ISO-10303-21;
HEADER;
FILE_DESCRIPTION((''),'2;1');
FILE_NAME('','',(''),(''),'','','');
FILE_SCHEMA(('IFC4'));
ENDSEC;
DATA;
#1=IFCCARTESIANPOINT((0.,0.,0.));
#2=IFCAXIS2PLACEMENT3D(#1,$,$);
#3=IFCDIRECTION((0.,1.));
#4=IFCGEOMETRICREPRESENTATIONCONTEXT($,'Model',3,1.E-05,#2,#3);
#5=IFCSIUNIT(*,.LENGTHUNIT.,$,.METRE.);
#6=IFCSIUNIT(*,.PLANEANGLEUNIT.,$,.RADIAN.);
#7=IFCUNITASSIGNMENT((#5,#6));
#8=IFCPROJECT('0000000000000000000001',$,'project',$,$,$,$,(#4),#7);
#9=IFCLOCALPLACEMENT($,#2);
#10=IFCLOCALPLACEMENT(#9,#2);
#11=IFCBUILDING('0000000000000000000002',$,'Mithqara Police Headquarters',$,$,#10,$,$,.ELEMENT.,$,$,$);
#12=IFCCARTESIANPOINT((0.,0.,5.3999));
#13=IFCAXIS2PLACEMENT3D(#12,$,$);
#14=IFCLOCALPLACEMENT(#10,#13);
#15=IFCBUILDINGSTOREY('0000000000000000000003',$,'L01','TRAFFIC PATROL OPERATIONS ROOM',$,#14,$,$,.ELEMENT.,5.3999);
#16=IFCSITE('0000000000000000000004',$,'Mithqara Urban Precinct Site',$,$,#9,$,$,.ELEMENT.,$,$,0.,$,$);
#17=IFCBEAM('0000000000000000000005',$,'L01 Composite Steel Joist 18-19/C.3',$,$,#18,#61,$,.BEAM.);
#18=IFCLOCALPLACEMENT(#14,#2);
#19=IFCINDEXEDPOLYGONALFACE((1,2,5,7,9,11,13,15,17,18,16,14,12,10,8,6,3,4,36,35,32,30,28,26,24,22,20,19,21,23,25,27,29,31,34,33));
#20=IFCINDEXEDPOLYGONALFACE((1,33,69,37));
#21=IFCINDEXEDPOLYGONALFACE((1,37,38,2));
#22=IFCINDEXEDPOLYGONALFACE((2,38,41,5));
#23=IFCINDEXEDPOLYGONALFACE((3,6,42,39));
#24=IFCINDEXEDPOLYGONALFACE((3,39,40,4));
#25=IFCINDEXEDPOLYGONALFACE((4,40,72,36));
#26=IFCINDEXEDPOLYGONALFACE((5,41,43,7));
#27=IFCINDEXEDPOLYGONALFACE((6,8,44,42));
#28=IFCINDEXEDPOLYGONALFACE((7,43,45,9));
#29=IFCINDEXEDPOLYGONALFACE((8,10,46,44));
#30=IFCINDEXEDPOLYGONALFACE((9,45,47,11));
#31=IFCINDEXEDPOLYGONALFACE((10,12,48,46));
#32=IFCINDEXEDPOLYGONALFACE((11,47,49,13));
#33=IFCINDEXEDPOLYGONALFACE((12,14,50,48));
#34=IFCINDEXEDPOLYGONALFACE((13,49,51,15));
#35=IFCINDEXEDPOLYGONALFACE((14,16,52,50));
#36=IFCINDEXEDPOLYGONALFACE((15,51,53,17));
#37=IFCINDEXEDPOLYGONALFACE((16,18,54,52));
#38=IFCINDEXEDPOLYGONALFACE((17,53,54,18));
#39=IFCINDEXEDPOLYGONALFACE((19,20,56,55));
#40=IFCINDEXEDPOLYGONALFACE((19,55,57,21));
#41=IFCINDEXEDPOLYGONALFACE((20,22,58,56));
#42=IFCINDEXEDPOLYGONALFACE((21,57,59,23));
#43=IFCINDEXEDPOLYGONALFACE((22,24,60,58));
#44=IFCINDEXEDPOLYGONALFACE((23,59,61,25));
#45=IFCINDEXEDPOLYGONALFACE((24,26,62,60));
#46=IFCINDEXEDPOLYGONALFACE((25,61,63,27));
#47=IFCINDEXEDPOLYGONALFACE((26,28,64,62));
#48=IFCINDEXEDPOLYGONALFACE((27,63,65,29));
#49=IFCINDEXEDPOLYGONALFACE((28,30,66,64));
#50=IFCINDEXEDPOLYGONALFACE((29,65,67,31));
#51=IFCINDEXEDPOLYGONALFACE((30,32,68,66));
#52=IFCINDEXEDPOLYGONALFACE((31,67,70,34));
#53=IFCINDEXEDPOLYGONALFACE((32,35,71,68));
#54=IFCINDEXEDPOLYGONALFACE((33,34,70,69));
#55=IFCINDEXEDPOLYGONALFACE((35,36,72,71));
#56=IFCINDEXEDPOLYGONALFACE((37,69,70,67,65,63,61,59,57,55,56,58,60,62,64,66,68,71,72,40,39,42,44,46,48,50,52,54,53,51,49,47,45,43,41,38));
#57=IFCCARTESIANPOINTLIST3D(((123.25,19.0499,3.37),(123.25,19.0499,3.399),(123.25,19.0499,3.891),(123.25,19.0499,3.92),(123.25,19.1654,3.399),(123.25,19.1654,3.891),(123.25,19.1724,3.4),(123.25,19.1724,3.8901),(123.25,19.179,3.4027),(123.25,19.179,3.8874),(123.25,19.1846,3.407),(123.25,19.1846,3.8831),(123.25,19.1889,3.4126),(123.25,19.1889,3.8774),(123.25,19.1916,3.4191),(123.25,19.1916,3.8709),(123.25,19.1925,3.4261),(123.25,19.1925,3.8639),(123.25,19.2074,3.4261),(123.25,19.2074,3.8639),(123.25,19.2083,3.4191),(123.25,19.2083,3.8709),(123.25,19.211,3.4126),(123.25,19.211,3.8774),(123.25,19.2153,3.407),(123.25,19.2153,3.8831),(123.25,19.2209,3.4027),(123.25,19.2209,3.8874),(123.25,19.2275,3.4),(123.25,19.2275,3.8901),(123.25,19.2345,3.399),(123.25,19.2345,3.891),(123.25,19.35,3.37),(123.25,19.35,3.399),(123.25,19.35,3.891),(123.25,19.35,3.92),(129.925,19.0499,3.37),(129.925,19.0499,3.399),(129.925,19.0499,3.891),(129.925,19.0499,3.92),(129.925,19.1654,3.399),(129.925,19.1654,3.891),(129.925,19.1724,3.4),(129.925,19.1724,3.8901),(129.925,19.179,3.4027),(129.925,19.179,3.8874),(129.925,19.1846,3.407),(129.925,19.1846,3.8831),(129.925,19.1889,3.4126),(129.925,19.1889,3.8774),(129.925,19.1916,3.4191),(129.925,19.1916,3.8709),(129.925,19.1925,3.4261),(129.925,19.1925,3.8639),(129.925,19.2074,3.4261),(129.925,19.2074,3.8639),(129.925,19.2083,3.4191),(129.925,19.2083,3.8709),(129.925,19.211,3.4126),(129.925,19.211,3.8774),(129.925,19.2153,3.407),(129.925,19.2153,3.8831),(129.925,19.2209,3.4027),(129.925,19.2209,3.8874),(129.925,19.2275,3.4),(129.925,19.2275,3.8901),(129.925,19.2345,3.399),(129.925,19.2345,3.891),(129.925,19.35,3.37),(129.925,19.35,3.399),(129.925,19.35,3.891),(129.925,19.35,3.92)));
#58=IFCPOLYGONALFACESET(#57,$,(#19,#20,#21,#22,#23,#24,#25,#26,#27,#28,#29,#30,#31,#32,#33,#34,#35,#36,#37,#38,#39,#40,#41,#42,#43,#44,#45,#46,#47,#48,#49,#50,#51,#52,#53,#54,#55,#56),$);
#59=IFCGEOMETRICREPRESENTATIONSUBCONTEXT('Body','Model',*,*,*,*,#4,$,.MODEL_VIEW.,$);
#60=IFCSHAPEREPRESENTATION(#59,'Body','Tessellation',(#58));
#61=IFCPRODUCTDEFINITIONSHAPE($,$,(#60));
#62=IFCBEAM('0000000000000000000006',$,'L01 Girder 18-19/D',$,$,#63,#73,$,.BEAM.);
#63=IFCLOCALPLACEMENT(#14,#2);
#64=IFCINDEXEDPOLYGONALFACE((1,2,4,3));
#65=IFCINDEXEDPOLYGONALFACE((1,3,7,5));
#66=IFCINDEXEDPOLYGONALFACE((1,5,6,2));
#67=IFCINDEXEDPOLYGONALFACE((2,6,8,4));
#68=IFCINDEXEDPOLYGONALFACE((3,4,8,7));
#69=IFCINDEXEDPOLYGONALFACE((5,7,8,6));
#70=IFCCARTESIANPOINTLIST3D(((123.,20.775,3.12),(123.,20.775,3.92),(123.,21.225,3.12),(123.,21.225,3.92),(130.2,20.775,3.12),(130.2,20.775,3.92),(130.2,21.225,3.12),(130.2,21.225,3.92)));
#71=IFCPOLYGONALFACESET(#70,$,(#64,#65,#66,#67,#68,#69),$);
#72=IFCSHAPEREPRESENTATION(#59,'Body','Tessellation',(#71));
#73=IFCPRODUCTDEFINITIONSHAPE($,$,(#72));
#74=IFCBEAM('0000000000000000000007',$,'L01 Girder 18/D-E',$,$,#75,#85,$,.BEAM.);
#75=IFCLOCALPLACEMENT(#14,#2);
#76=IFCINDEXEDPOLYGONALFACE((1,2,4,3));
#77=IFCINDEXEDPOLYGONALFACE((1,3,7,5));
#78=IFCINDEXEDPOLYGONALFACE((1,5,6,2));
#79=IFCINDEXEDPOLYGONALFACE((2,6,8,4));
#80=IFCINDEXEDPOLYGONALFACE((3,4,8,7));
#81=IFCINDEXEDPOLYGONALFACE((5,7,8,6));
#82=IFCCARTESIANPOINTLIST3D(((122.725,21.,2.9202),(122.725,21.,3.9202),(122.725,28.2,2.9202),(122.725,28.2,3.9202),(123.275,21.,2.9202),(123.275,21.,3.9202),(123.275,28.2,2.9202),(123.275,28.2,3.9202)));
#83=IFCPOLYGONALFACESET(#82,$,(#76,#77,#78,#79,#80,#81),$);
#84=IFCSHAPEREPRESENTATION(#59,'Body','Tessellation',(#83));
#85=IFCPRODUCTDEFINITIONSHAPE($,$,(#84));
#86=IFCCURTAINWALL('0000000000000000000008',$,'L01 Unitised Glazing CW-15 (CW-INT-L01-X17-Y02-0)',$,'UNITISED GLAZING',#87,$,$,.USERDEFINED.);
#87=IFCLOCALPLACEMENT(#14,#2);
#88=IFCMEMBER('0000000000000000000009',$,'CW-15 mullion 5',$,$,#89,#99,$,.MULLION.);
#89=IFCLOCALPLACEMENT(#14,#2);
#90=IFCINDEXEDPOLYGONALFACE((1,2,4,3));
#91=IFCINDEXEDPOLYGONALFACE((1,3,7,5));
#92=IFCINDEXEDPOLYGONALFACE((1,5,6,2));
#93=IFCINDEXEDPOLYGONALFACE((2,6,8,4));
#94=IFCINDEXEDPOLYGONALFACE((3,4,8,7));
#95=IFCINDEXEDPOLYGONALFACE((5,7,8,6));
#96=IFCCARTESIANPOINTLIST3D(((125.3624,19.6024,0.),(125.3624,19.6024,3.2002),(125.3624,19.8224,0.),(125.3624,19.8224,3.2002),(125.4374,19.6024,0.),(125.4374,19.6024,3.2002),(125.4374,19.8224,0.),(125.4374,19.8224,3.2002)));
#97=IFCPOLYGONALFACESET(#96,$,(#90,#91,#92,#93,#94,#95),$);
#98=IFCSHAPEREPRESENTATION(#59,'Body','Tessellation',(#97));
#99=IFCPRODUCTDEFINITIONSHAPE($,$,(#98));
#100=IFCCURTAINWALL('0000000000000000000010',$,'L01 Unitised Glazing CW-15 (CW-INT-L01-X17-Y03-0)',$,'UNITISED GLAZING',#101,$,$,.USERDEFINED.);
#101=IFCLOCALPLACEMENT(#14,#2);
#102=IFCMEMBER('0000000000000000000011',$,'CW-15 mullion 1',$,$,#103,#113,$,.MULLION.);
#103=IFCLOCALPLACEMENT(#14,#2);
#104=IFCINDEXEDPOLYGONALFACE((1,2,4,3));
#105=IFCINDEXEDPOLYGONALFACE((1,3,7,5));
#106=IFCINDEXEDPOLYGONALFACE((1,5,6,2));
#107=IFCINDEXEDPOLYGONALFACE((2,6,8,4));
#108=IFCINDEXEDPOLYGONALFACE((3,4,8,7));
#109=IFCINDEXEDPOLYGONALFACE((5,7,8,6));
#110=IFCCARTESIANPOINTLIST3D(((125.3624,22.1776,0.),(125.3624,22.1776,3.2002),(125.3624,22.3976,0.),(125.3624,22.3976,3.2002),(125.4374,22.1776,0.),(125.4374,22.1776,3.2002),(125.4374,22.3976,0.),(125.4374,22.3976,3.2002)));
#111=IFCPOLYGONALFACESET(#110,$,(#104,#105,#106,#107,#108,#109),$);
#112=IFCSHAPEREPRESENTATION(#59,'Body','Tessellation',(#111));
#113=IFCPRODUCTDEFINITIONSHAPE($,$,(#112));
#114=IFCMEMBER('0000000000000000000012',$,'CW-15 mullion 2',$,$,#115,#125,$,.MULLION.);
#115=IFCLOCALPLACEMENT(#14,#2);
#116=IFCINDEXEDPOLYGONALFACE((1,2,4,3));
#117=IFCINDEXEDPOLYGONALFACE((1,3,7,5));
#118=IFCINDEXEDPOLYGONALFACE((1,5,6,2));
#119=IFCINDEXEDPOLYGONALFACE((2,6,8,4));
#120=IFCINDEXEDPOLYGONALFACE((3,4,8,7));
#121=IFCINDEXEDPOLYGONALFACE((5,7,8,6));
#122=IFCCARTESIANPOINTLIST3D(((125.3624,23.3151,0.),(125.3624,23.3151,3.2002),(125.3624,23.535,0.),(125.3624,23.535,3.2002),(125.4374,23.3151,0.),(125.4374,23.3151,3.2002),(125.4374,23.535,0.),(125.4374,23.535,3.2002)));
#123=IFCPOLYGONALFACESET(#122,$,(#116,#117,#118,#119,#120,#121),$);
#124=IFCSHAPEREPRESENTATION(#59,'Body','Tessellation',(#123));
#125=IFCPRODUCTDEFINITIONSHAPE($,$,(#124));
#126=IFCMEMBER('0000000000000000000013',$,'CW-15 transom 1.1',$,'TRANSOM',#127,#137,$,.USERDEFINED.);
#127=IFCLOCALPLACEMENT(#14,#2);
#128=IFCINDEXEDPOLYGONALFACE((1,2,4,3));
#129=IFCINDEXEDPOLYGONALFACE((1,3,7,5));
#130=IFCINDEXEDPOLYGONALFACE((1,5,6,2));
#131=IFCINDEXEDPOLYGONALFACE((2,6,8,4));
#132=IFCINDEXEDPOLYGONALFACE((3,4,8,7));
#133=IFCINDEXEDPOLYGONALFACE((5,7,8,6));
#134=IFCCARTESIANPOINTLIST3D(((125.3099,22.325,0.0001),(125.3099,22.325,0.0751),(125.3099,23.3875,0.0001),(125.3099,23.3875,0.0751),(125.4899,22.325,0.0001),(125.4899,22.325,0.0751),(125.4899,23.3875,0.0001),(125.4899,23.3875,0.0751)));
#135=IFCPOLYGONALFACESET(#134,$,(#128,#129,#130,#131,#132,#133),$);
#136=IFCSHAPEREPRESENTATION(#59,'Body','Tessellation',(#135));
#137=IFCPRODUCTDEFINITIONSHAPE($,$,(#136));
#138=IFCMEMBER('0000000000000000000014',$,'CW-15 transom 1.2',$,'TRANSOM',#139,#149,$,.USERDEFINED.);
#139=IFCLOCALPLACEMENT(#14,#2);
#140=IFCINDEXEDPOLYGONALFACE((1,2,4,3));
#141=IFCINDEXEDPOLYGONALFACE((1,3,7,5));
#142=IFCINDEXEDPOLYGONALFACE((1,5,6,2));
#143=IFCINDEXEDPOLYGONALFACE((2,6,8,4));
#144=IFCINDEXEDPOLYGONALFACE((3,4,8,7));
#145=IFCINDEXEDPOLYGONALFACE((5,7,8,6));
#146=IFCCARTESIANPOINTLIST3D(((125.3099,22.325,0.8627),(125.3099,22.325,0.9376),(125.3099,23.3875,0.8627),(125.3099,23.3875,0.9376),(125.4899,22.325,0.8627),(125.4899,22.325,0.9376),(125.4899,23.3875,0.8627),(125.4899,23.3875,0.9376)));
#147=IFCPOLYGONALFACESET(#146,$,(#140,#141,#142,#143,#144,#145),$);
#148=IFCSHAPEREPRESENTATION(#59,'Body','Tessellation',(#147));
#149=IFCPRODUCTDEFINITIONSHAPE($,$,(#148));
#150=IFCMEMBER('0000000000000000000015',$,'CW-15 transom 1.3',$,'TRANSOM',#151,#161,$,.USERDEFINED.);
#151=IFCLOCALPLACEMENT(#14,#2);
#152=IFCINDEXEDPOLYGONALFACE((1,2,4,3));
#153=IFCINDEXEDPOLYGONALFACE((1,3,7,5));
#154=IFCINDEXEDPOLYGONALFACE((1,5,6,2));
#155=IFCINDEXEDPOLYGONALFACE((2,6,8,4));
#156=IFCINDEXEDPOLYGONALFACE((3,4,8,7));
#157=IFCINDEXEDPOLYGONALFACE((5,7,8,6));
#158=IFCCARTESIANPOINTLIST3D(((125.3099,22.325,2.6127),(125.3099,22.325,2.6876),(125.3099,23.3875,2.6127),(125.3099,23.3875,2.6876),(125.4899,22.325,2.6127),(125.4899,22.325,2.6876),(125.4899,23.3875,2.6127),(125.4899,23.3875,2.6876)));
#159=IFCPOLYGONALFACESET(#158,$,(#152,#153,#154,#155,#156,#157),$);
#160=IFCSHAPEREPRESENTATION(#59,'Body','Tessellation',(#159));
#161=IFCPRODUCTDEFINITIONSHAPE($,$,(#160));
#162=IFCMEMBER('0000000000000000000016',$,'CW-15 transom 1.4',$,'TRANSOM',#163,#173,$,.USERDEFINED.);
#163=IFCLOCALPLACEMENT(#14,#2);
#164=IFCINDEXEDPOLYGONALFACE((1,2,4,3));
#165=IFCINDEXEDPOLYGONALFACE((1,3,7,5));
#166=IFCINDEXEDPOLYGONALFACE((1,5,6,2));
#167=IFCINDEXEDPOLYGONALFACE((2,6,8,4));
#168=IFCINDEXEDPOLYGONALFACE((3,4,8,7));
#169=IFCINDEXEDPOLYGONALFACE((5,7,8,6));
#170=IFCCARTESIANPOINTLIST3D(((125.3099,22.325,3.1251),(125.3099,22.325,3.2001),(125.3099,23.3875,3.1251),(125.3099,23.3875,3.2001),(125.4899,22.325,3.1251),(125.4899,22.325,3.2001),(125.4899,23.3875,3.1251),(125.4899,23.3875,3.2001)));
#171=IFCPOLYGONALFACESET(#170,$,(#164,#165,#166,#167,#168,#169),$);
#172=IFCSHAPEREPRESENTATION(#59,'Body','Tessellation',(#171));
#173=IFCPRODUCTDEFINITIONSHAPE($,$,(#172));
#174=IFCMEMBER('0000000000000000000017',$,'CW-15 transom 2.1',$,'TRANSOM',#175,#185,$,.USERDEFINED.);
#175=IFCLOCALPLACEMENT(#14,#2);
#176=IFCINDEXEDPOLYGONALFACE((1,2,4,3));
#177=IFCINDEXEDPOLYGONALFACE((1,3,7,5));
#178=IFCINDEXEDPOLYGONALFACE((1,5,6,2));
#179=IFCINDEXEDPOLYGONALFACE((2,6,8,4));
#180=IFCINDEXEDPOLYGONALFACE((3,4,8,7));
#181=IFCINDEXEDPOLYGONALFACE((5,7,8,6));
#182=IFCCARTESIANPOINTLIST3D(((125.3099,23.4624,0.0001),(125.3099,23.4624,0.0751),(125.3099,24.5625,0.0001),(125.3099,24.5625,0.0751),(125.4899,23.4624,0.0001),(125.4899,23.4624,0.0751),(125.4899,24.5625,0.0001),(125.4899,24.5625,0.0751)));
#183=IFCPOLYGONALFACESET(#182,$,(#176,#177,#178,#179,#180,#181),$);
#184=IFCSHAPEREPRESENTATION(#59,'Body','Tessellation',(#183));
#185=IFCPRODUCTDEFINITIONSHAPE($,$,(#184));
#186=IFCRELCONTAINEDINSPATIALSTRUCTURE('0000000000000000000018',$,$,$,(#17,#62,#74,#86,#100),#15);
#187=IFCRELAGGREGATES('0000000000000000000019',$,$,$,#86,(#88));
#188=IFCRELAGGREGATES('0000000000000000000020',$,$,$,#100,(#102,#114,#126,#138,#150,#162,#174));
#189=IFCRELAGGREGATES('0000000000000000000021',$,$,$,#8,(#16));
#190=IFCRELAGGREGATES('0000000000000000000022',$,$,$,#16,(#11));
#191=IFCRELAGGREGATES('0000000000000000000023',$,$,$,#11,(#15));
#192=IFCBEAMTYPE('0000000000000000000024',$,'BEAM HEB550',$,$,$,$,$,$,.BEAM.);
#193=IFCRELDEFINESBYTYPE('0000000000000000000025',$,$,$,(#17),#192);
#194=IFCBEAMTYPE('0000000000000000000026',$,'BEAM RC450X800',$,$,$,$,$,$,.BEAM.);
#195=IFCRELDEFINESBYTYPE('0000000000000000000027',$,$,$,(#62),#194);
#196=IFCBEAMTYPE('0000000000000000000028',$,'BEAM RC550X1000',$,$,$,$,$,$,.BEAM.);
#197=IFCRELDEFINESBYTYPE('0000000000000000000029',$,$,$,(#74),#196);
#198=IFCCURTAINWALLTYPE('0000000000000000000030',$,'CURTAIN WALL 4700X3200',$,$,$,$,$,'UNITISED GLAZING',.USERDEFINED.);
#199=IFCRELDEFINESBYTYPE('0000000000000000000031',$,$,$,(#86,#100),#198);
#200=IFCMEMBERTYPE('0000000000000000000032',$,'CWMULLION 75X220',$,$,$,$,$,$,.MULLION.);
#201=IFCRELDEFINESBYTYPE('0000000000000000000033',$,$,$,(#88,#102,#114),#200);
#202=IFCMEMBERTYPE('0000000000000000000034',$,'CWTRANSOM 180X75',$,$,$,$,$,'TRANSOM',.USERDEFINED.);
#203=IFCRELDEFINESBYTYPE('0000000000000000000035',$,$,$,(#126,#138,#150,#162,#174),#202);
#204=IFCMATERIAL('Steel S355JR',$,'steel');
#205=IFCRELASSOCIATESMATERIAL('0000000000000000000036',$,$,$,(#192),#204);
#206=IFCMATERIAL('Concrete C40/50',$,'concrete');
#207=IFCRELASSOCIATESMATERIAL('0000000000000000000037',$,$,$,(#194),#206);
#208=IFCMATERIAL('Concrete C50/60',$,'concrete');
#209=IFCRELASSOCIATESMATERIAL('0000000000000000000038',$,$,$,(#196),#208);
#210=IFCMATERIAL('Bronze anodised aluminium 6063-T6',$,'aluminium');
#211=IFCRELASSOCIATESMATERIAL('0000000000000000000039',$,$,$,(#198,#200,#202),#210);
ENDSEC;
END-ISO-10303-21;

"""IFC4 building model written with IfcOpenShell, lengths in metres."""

from ifc_helpers import new_model, si_unit, direction, frame, origin, origin_2d, place, context, subcontext, project, spatial, rectangle, i_section, extrude, material, material_profile, profile_set, type_object, element, aggregate, save


model = new_model("IFC4")

# Units and contexts
model_context = context("Model", 3, precision=1e-05, world=origin(), true_north=direction((0.0, 1.0)))
body_context = subcontext(model_context, "Body", "Model", "MODEL_VIEW")
ifc_project = project(units=[si_unit("LENGTHUNIT", "METRE"), si_unit("PLANEANGLEUNIT", "RADIAN")], contexts=[model_context])

# Site, building, storey
site_placement = place(None, origin())
site = spatial("IfcSite", under=ifc_project, at=site_placement, Name="Mithqara Urban Precinct Site", CompositionType="ELEMENT", RefElevation=0.0)
building_placement = place(site_placement, origin())
building = spatial("IfcBuilding", under=site, at=building_placement, Name="Mithqara Police Headquarters", CompositionType="ELEMENT")
storey_placement = place(building_placement, frame((0.0, 0.0, 5.3999)))
storey = spatial("IfcBuildingStorey", under=building, at=storey_placement, Name="L01", Description="TRAFFIC PATROL OPERATIONS ROOM", CompositionType="ELEMENT", Elevation=5.3999)

# Beams
ifc_material_1 = material(Name="Steel S355JR", Category="steel")
ifc_material_profile_1 = material_profile(ifc_material_1, i_section(OverallWidth=0.3, OverallDepth=0.55, WebThickness=0.0149, FlangeThickness=0.0291, FilletRadius=0.0271, at=origin_2d()), Name="HEB 550")
ifc_profile_set_1 = profile_set([ifc_material_profile_1], Name="Steel S355JR")
beam_type_1 = type_object("IfcBeamType", Name="BEAM HEB550", PredefinedType="BEAM", material=ifc_profile_set_1)
beam_1_placement = place(storey_placement, frame((123.25, 19.2, 3.645), z_axis=(1.0, 0.0, 0.0), x_axis=(0.0, 1.0, 0.0)))
element("IfcBeam", 1, at=beam_1_placement, inside=storey, type_object=beam_type_1, Name="L01 Composite Steel Joist 18-19/C.3", PredefinedType="BEAM", context=body_context, shape_type="SweptSolid", body=[
    extrude(i_section(OverallWidth=0.3, OverallDepth=0.55, WebThickness=0.0149, FlangeThickness=0.0291, FilletRadius=0.0271, at=origin_2d()), origin(), (0.0, 0.0, 1.0), 6.675),
])
ifc_material_2 = material(Name="Concrete C40/50", Category="concrete")
ifc_material_profile_2 = material_profile(ifc_material_2, rectangle(XDim=0.45, YDim=0.8, at=origin_2d()), Name="RC 450x800")
ifc_profile_set_2 = profile_set([ifc_material_profile_2], Name="Concrete C40/50")
beam_type_2 = type_object("IfcBeamType", Name="BEAM RC450X800", PredefinedType="BEAM", material=ifc_profile_set_2)
beam_2_placement = place(storey_placement, frame((123.0, 21.0, 3.52), z_axis=(1.0, 0.0, 0.0), x_axis=(0.0, 1.0, 0.0)))
element("IfcBeam", 2, at=beam_2_placement, inside=storey, type_object=beam_type_2, Name="L01 Girder 18-19/D", PredefinedType="BEAM", context=body_context, shape_type="SweptSolid", body=[
    extrude(rectangle(XDim=0.45, YDim=0.8, at=origin_2d()), origin(), (0.0, 0.0, 1.0), 7.2),
])
ifc_material_3 = material(Name="Concrete C50/60", Category="concrete")
ifc_material_profile_3 = material_profile(ifc_material_3, rectangle(XDim=0.55, YDim=1.0, at=origin_2d()), Name="RC 550x1000")
ifc_profile_set_3 = profile_set([ifc_material_profile_3], Name="Concrete C50/60")
beam_type_3 = type_object("IfcBeamType", Name="BEAM RC550X1000", PredefinedType="BEAM", material=ifc_profile_set_3)
beam_3_placement = place(storey_placement, frame((123.0, 21.0, 3.4202), z_axis=(0.0, 1.0, 0.0), x_axis=(-1.0, 0.0, 0.0)))
element("IfcBeam", 3, at=beam_3_placement, inside=storey, type_object=beam_type_3, Name="L01 Girder 18/D-E", PredefinedType="BEAM", context=body_context, shape_type="SweptSolid", body=[
    extrude(rectangle(XDim=0.55, YDim=1.0, at=origin_2d()), origin(), (0.0, 0.0, 1.0), 7.2),
])

# Curtain wall, member
ifc_material_4 = material(Name="Bronze anodised aluminium 6063-T6", Category="aluminium")
curtain_wall_type = type_object("IfcCurtainWallType", Name="CURTAIN WALL 4700X3200", ElementType="UNITISED GLAZING", PredefinedType="USERDEFINED", material=ifc_material_4)
curtain_wall_1_placement = place(storey_placement, origin())
curtain_wall_1 = element("IfcCurtainWall", 4, at=curtain_wall_1_placement, inside=storey, type_object=curtain_wall_type, Name="L01 Unitised Glazing CW-15 (CW-INT-L01-X17-Y02-0)", ObjectType="UNITISED GLAZING", PredefinedType="USERDEFINED")
ifc_material_profile_4 = material_profile(ifc_material_4, rectangle(XDim=0.075, YDim=0.22, at=origin_2d()), Name="CWM 75x220")
ifc_profile_set_4 = profile_set([ifc_material_profile_4], Name="Bronze anodised aluminium 6063-T6")
member_type_1 = type_object("IfcMemberType", Name="CWMULLION 75X220", PredefinedType="MULLION", material=ifc_profile_set_4)
member_1_placement = place(storey_placement, frame((125.3999, 19.7124, 0.0), z_axis=(0.0, 0.0, 1.0), x_axis=(-1.0, 0.0, 0.0)))
member_1 = element("IfcMember", 5, at=member_1_placement, type_object=member_type_1, Name="CW-15 mullion 5", PredefinedType="MULLION", context=body_context, shape_type="SweptSolid", body=[
    extrude(rectangle(XDim=0.075, YDim=0.22, at=origin_2d()), origin(), (0.0, 0.0, 1.0), 3.2002),
])

# Curtain wall, members
curtain_wall_2_placement = place(storey_placement, origin())
curtain_wall_2 = element("IfcCurtainWall", 6, at=curtain_wall_2_placement, inside=storey, type_object=curtain_wall_type, Name="L01 Unitised Glazing CW-15 (CW-INT-L01-X17-Y03-0)", ObjectType="UNITISED GLAZING", PredefinedType="USERDEFINED")
member_2_placement = place(storey_placement, frame((125.3999, 22.2876, 0.0), z_axis=(0.0, 0.0, 1.0), x_axis=(-1.0, 0.0, 0.0)))
member_2 = element("IfcMember", 7, at=member_2_placement, type_object=member_type_1, Name="CW-15 mullion 1", PredefinedType="MULLION", context=body_context, shape_type="SweptSolid", body=[
    extrude(rectangle(XDim=0.075, YDim=0.22, at=origin_2d()), origin(), (0.0, 0.0, 1.0), 3.2002),
])
member_3_placement = place(storey_placement, frame((125.3999, 23.425, 0.0), z_axis=(0.0, 0.0, 1.0), x_axis=(-1.0, 0.0, 0.0)))
member_3 = element("IfcMember", 8, at=member_3_placement, type_object=member_type_1, Name="CW-15 mullion 2", PredefinedType="MULLION", context=body_context, shape_type="SweptSolid", body=[
    extrude(rectangle(XDim=0.075, YDim=0.22, at=origin_2d()), origin(), (0.0, 0.0, 1.0), 3.2002),
])
ifc_material_profile_5 = material_profile(ifc_material_4, rectangle(XDim=0.1799, YDim=0.075, at=origin_2d()), Name="CWT 180x75")
ifc_profile_set_5 = profile_set([ifc_material_profile_5], Name="Bronze anodised aluminium 6063-T6")
member_type_2 = type_object("IfcMemberType", Name="CWTRANSOM 180X75", ElementType="TRANSOM", PredefinedType="USERDEFINED", material=ifc_profile_set_5)
member_4_placement = place(storey_placement, frame((125.3999, 22.325, 0.0376), z_axis=(0.0, 1.0, 0.0), x_axis=(-1.0, 0.0, 0.0)))
member_4 = element("IfcMember", 9, at=member_4_placement, type_object=member_type_2, Name="CW-15 transom 1.1", ObjectType="TRANSOM", PredefinedType="USERDEFINED", context=body_context, shape_type="SweptSolid", body=[
    extrude(rectangle(XDim=0.1799, YDim=0.075, at=origin_2d()), origin(), (0.0, 0.0, 1.0), 1.0625),
])
member_5_placement = place(storey_placement, frame((125.3999, 22.325, 0.9001), z_axis=(0.0, 1.0, 0.0), x_axis=(-1.0, 0.0, 0.0)))
member_5 = element("IfcMember", 10, at=member_5_placement, type_object=member_type_2, Name="CW-15 transom 1.2", ObjectType="TRANSOM", PredefinedType="USERDEFINED", context=body_context, shape_type="SweptSolid", body=[
    extrude(rectangle(XDim=0.1799, YDim=0.075, at=origin_2d()), origin(), (0.0, 0.0, 1.0), 1.0625),
])
member_6_placement = place(storey_placement, frame((125.3999, 22.325, 2.6501), z_axis=(0.0, 1.0, 0.0), x_axis=(-1.0, 0.0, 0.0)))
member_6 = element("IfcMember", 11, at=member_6_placement, type_object=member_type_2, Name="CW-15 transom 1.3", ObjectType="TRANSOM", PredefinedType="USERDEFINED", context=body_context, shape_type="SweptSolid", body=[
    extrude(rectangle(XDim=0.1799, YDim=0.075, at=origin_2d()), origin(), (0.0, 0.0, 1.0), 1.0625),
])
member_7_placement = place(storey_placement, frame((125.3999, 22.325, 3.1626), z_axis=(0.0, 1.0, 0.0), x_axis=(-1.0, 0.0, 0.0)))
member_7 = element("IfcMember", 12, at=member_7_placement, type_object=member_type_2, Name="CW-15 transom 1.4", ObjectType="TRANSOM", PredefinedType="USERDEFINED", context=body_context, shape_type="SweptSolid", body=[
    extrude(rectangle(XDim=0.1799, YDim=0.075, at=origin_2d()), origin(), (0.0, 0.0, 1.0), 1.0625),
])
member_8_placement = place(storey_placement, frame((125.3999, 23.4624, 0.0376), z_axis=(0.0, 1.0, 0.0), x_axis=(-1.0, 0.0, 0.0)))
member_8 = element("IfcMember", 13, at=member_8_placement, type_object=member_type_2, Name="CW-15 transom 2.1", ObjectType="TRANSOM", PredefinedType="USERDEFINED", context=body_context, shape_type="SweptSolid", body=[
    extrude(rectangle(XDim=0.1799, YDim=0.075, at=origin_2d()), origin(), (0.0, 0.0, 1.0), 1.1001),
])

aggregate(curtain_wall_1, [member_1])
aggregate(curtain_wall_2, [member_2, member_3, member_4, member_5, member_6, member_7, member_8])

save(model, "model.ifc")
